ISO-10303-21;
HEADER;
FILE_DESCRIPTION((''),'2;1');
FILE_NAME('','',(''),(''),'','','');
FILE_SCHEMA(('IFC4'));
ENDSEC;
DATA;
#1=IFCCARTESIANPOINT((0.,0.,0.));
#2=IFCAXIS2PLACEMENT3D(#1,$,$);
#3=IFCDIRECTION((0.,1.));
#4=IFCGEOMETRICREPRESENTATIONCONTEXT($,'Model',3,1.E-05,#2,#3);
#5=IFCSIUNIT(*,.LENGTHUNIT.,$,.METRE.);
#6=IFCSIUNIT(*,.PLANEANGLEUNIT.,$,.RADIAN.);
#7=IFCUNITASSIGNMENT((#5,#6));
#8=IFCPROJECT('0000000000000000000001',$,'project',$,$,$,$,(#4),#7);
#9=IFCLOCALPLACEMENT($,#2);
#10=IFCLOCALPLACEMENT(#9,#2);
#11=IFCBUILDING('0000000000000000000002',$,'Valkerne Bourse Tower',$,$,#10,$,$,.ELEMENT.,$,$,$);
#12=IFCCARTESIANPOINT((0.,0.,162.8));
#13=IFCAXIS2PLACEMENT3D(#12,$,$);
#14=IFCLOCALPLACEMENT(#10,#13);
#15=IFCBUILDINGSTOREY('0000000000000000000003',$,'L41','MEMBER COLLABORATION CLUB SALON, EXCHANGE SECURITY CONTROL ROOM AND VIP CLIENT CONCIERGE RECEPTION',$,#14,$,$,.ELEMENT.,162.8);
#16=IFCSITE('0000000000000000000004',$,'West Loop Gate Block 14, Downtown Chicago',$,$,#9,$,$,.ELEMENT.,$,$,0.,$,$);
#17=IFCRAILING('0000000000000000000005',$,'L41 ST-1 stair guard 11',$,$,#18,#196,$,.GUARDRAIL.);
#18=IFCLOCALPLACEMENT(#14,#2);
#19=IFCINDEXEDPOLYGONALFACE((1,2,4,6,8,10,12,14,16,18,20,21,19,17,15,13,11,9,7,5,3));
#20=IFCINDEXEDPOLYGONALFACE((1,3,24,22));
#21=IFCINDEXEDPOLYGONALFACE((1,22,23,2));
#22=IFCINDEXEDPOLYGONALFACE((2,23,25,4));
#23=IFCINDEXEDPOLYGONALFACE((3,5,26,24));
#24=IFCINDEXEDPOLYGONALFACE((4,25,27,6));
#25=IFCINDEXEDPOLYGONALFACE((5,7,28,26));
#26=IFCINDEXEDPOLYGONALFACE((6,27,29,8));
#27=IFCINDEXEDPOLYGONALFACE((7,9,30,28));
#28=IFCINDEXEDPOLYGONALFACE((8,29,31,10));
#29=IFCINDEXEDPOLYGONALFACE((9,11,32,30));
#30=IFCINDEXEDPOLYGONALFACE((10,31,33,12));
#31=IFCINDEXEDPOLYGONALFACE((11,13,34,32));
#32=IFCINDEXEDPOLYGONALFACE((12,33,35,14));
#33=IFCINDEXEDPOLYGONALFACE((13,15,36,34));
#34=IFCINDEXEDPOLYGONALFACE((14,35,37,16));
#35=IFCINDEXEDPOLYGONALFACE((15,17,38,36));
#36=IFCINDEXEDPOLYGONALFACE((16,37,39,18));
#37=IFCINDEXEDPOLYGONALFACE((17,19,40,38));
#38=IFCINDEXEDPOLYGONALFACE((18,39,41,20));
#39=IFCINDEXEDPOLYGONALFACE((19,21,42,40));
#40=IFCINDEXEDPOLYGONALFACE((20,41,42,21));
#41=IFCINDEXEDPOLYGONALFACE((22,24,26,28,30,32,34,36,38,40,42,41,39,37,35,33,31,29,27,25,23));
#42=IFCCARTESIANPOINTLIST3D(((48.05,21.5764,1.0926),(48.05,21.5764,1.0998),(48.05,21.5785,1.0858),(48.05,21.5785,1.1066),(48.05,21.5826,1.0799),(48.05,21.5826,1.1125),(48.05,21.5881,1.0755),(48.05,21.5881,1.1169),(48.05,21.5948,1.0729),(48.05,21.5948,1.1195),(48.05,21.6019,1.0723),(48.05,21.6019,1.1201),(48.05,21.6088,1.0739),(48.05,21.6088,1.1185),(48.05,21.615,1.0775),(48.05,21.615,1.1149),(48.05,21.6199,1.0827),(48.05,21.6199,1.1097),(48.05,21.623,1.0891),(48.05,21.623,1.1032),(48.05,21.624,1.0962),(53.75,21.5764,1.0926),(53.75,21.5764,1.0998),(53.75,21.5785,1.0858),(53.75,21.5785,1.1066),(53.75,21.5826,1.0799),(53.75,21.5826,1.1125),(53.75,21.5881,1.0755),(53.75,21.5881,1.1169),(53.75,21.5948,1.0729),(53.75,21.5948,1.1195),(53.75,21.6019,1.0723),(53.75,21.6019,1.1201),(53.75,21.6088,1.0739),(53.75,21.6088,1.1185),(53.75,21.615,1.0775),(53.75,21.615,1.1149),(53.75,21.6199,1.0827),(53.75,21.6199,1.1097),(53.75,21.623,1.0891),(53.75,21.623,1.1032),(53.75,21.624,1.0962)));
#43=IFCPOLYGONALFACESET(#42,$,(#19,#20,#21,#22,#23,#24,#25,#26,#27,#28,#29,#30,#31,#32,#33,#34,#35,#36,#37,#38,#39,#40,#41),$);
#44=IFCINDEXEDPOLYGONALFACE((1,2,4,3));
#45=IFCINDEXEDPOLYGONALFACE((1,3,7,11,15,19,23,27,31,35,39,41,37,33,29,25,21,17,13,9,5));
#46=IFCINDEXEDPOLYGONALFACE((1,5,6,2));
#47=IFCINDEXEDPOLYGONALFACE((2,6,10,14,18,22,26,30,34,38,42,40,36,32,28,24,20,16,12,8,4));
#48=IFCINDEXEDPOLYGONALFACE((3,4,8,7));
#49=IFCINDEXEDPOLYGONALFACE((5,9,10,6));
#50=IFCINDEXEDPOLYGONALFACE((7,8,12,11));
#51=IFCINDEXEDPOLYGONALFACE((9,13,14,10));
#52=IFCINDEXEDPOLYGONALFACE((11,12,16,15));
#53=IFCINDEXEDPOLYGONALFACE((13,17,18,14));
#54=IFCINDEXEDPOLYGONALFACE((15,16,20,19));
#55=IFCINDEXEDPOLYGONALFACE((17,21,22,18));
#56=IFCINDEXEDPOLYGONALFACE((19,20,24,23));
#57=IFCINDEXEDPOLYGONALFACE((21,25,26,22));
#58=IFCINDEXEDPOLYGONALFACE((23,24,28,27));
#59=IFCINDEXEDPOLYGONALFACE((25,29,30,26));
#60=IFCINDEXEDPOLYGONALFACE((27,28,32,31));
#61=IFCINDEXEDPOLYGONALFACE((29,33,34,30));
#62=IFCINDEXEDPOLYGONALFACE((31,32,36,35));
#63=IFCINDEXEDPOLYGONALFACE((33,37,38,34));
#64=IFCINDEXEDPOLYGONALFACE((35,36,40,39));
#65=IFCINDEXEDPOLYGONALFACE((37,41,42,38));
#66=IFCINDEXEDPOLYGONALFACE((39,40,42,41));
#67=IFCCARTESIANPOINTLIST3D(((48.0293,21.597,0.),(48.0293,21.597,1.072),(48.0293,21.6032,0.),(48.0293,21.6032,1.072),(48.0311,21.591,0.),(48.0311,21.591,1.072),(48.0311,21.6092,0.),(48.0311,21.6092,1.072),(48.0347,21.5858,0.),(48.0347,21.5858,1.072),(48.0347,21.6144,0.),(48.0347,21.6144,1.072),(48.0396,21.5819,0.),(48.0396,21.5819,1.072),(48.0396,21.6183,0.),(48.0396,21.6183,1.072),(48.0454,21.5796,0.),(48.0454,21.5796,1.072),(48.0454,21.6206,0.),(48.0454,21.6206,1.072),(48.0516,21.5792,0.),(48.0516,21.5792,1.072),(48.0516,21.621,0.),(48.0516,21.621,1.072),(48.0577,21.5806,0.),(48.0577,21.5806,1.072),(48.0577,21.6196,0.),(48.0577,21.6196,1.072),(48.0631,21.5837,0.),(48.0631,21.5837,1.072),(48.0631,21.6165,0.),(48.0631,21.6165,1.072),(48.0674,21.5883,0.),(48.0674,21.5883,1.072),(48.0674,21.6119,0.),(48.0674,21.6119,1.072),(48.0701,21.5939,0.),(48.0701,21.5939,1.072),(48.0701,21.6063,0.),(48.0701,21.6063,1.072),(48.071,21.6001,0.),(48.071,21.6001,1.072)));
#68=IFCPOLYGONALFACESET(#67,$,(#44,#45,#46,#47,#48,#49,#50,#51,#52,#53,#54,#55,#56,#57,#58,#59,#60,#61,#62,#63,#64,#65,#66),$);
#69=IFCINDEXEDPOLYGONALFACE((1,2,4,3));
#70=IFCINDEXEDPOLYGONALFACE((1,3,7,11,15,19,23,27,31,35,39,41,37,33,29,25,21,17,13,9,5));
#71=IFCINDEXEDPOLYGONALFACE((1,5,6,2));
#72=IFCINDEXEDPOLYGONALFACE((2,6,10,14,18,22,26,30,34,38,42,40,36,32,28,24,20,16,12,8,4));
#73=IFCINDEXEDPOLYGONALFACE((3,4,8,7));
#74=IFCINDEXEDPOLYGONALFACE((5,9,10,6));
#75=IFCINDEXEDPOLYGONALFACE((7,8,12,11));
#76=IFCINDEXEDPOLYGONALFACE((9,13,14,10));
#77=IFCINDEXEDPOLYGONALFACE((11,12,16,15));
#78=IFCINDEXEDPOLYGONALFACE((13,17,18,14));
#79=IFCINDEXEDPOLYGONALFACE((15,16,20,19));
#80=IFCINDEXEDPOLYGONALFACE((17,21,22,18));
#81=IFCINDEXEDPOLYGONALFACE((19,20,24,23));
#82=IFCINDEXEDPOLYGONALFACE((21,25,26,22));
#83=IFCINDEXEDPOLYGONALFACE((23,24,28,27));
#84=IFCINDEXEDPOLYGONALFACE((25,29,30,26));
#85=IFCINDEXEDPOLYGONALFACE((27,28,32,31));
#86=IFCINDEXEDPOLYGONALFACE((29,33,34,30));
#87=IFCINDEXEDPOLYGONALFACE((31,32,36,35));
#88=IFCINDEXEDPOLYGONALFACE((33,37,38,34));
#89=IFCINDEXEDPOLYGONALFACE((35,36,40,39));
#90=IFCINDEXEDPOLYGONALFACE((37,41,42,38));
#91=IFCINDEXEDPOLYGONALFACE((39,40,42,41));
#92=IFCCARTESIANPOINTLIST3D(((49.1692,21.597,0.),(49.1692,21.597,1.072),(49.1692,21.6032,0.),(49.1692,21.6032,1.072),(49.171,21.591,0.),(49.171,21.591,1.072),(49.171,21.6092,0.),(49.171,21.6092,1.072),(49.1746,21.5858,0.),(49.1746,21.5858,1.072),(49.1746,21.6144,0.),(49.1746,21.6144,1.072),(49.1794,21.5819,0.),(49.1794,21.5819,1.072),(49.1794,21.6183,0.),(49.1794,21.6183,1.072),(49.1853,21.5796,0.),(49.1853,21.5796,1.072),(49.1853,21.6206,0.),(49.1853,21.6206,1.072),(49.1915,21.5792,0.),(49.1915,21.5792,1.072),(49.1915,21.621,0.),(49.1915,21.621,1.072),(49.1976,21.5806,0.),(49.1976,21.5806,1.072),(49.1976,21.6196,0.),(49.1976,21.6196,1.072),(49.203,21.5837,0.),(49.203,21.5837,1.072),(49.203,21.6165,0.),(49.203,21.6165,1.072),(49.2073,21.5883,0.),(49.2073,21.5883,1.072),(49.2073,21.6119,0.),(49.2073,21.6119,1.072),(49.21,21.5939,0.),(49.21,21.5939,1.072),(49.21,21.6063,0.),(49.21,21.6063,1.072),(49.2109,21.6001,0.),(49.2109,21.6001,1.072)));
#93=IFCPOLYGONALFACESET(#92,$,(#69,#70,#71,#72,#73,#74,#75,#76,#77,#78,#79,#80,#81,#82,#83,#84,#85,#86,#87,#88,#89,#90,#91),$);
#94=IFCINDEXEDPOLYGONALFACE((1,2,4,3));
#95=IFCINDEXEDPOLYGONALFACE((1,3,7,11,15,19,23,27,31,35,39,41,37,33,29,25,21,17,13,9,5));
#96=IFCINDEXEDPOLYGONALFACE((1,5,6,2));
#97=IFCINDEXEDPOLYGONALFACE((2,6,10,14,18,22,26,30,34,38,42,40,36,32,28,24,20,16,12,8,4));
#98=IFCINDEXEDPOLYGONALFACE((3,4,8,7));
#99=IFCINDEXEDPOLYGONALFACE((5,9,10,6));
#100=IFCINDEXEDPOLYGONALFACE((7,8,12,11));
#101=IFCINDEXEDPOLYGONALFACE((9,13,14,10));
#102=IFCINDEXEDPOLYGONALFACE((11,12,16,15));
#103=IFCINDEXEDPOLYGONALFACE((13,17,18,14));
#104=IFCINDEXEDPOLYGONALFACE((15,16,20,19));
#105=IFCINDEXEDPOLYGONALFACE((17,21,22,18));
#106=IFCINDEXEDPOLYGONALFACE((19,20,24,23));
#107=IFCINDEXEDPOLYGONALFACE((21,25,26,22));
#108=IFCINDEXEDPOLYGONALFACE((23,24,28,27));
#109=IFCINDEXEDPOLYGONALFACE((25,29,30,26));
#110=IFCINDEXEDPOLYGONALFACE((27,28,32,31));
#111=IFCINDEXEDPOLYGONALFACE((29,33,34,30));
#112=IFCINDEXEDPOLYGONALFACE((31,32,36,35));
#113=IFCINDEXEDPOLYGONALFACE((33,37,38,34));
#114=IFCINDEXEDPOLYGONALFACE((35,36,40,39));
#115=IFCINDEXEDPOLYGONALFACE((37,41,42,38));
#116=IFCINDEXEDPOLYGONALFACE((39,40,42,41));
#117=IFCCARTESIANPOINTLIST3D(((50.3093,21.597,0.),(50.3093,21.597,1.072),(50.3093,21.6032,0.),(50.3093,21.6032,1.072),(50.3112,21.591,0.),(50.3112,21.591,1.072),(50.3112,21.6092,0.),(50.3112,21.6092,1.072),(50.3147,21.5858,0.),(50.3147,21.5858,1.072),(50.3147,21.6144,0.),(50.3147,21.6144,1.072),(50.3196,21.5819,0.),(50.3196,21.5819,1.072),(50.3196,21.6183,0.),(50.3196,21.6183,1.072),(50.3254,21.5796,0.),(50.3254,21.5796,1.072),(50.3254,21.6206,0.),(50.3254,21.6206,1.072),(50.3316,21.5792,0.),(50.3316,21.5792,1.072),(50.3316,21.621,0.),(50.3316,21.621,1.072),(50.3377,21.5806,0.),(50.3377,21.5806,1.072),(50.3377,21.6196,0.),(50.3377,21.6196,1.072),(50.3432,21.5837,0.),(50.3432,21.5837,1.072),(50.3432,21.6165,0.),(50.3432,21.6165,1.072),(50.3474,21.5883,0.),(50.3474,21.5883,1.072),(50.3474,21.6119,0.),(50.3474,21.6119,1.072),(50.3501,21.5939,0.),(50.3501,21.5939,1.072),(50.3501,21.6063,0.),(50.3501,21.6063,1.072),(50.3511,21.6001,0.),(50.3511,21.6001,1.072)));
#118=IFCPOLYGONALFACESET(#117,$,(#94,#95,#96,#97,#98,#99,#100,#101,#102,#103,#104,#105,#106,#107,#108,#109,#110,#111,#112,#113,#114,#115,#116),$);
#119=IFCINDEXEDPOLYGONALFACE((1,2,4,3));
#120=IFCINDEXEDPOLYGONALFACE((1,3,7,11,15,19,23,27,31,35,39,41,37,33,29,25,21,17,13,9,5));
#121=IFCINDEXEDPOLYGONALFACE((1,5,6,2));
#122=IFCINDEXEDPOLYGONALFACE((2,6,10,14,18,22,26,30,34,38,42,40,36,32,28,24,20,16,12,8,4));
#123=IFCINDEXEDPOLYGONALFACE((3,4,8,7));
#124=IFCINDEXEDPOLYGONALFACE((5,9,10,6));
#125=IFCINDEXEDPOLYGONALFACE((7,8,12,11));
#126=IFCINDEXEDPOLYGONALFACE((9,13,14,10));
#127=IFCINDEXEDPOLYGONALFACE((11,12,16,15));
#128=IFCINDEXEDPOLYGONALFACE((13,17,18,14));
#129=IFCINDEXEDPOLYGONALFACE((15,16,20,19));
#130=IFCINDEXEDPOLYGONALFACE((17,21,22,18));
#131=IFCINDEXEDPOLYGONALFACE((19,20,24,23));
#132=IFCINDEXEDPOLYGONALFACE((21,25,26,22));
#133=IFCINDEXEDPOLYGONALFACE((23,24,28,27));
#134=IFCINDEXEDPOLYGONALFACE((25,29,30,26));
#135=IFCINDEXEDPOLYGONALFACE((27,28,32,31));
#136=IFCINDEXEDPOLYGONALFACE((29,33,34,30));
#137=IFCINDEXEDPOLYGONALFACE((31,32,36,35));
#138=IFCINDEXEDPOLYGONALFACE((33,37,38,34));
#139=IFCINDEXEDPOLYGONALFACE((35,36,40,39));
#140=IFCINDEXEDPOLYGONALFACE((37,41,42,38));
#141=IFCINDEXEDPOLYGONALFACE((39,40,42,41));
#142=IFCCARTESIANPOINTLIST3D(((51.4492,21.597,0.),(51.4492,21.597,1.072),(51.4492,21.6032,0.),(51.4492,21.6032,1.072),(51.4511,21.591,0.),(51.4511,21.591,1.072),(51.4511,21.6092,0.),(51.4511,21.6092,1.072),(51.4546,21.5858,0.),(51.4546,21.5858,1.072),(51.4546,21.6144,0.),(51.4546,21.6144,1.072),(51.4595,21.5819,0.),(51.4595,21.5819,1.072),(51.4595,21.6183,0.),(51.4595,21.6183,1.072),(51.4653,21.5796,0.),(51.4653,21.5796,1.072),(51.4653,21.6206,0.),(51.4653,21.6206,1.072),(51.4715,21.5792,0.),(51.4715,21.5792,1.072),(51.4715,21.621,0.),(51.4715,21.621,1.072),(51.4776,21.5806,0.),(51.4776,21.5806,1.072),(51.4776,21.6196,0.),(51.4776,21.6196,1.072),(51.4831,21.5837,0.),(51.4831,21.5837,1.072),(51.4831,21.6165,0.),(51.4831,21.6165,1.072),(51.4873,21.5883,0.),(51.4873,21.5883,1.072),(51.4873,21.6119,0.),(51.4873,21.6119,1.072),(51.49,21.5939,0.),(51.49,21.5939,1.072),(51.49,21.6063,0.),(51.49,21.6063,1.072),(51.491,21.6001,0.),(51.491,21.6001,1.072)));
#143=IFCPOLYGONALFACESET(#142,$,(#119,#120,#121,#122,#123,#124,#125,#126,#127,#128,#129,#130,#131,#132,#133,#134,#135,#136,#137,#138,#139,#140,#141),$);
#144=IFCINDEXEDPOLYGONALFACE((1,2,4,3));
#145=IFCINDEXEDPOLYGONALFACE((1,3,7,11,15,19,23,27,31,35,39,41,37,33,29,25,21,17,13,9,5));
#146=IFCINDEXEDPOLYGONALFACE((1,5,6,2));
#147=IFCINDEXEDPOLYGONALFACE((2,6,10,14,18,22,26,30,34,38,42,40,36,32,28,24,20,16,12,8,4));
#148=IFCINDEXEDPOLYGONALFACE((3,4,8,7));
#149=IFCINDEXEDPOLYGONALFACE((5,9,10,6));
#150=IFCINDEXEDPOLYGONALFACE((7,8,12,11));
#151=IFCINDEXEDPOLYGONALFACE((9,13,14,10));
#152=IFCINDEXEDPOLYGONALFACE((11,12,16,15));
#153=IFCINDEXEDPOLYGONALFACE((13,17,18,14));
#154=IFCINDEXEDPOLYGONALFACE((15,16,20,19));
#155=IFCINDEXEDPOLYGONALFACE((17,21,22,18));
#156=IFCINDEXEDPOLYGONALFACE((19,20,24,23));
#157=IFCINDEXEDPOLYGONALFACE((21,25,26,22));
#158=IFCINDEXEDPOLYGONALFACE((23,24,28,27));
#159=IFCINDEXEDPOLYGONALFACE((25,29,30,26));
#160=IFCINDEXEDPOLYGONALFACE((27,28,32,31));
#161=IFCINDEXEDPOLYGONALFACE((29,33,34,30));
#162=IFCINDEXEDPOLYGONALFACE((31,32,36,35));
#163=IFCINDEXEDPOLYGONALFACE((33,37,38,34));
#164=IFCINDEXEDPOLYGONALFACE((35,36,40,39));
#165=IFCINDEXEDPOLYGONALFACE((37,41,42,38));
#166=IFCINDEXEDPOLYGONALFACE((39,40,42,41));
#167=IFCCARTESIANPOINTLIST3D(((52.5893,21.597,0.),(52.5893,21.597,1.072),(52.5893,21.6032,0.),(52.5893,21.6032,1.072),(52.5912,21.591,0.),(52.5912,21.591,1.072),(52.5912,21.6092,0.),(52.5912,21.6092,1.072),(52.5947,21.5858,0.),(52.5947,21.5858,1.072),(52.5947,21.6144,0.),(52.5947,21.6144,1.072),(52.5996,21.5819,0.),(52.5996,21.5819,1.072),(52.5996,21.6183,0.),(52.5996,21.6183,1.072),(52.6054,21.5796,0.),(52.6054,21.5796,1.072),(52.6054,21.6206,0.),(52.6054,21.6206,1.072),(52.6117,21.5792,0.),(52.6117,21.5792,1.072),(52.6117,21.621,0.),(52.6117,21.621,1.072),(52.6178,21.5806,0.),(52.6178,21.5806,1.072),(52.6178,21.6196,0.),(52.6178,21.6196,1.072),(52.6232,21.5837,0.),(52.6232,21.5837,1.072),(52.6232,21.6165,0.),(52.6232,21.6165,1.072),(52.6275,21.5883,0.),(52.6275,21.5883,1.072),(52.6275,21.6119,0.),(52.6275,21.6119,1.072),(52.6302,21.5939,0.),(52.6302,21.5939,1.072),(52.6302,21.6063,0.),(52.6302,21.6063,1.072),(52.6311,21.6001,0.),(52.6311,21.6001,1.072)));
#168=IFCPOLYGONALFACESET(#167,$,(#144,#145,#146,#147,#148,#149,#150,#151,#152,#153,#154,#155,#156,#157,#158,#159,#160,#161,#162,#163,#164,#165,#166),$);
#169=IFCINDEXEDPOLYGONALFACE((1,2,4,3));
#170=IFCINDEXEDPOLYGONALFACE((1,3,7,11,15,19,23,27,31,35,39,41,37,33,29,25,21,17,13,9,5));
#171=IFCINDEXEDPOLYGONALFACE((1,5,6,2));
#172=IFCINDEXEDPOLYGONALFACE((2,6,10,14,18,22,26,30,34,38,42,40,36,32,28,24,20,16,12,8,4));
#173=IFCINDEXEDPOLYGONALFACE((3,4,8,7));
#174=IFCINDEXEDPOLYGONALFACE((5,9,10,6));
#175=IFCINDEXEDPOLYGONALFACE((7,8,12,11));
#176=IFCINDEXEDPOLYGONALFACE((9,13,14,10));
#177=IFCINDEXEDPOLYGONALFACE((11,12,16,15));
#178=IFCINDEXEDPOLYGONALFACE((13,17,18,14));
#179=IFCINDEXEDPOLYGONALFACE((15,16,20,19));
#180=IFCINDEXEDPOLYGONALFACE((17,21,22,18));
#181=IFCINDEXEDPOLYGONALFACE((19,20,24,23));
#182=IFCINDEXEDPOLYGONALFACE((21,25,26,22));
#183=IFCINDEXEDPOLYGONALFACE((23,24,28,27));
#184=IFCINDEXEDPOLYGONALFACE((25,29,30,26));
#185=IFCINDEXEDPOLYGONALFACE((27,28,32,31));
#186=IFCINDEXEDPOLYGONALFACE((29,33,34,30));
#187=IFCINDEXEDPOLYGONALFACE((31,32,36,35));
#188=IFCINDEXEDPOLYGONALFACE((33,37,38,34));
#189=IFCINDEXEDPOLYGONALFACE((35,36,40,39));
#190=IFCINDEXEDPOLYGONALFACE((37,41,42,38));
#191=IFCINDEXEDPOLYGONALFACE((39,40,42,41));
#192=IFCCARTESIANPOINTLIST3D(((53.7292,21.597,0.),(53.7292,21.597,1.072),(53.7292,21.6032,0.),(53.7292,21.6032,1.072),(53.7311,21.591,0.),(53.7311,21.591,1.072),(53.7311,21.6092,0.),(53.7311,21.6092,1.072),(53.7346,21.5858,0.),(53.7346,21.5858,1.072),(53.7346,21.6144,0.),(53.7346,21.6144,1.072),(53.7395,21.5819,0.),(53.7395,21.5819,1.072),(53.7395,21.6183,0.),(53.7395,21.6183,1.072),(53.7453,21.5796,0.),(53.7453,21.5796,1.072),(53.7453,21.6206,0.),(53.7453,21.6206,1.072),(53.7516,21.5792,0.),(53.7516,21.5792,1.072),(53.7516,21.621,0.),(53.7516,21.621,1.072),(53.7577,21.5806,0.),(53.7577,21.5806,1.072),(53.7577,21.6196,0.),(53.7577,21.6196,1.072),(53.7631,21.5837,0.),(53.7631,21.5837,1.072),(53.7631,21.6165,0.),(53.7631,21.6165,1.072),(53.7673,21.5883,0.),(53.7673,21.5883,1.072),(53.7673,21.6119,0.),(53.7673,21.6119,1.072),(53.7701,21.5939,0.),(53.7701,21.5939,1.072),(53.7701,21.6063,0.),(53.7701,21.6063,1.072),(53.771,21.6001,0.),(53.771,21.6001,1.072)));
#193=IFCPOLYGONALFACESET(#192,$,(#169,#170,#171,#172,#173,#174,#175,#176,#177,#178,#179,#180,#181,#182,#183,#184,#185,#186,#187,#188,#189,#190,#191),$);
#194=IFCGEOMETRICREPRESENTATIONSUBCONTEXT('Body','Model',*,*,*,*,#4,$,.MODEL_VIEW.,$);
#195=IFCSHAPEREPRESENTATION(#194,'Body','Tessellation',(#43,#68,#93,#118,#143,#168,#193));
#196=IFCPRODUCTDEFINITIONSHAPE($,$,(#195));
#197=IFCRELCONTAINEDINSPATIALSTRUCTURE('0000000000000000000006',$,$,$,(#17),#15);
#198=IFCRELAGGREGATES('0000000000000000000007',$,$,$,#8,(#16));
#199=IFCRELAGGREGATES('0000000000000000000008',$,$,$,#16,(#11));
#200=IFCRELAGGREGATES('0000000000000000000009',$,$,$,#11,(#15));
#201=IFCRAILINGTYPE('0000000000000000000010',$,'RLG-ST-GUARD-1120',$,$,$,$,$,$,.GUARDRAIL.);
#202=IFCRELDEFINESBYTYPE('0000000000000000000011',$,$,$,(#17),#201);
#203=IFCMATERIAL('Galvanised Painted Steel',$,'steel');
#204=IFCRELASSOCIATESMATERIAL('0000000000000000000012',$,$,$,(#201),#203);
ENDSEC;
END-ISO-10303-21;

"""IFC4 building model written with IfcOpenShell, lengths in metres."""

from ifc_helpers import new_model, si_unit, direction, frame, origin, origin_2d, place, context, subcontext, project, spatial, circle, extrude, material, type_object, element, save


model = new_model("IFC4")

# Units and contexts
model_context = context("Model", 3, precision=1e-05, world=origin(), true_north=direction((0.0, 1.0)))
body_context = subcontext(model_context, "Body", "Model", "MODEL_VIEW")
ifc_project = project(units=[si_unit("LENGTHUNIT", "METRE"), si_unit("PLANEANGLEUNIT", "RADIAN")], contexts=[model_context])

# Site, building, storey
site_placement = place(None, origin())
site = spatial("IfcSite", under=ifc_project, at=site_placement, Name="West Loop Gate Block 14, Downtown Chicago", CompositionType="ELEMENT", RefElevation=0.0)
building_placement = place(site_placement, origin())
building = spatial("IfcBuilding", under=site, at=building_placement, Name="Valkerne Bourse Tower", CompositionType="ELEMENT")
storey_placement = place(building_placement, frame((0.0, 0.0, 162.8)))
storey = spatial("IfcBuildingStorey", under=building, at=storey_placement, Name="L41", Description="MEMBER COLLABORATION CLUB SALON, EXCHANGE SECURITY CONTROL ROOM AND VIP CLIENT CONCIERGE RECEPTION", CompositionType="ELEMENT", Elevation=162.8)

# Shared definitions
ifc_material_1 = material(Name="Galvanised Painted Steel", Category="steel")

# Railing
railing_type_1 = type_object("IfcRailingType", Name="RLG-ST-GUARD-1120", PredefinedType="GUARDRAIL", material=ifc_material_1)
for number, where, name in (
    (1, (48.05, 21.6001, 0.0), "L41 ST-1 stair guard 11"),
):
    element("IfcRailing", number, at=place(storey_placement, frame(where)), inside=storey, type_object=railing_type_1, Name=name, PredefinedType="GUARDRAIL", context=body_context, shape_type="SweptSolid", body=[
        extrude(circle(Radius=0.0239, at=origin_2d()), frame((0.0, 0.0, 1.0962), z_axis=(1.0, 0.0, 0.0), x_axis=(0.0, 1.0, 0.0)), (0.0, 0.0, 1.0), 5.7),
        extrude(circle(Radius=0.021, at=origin_2d()), origin(), (0.0, 0.0, 1.0), 1.072),
        extrude(circle(Radius=0.021, at=origin_2d()), frame((1.1399, 0.0, 0.0)), (0.0, 0.0, 1.0), 1.072),
        extrude(circle(Radius=0.021, at=origin_2d()), frame((2.28, 0.0, 0.0)), (0.0, 0.0, 1.0), 1.072),
        extrude(circle(Radius=0.021, at=origin_2d()), frame((3.4199, 0.0, 0.0)), (0.0, 0.0, 1.0), 1.072),
        extrude(circle(Radius=0.021, at=origin_2d()), frame((4.5601, 0.0, 0.0)), (0.0, 0.0, 1.0), 1.072),
        extrude(circle(Radius=0.021, at=origin_2d()), frame((5.7, 0.0, 0.0)), (0.0, 0.0, 1.0), 1.072),
    ])

save(model, "model.ifc")
